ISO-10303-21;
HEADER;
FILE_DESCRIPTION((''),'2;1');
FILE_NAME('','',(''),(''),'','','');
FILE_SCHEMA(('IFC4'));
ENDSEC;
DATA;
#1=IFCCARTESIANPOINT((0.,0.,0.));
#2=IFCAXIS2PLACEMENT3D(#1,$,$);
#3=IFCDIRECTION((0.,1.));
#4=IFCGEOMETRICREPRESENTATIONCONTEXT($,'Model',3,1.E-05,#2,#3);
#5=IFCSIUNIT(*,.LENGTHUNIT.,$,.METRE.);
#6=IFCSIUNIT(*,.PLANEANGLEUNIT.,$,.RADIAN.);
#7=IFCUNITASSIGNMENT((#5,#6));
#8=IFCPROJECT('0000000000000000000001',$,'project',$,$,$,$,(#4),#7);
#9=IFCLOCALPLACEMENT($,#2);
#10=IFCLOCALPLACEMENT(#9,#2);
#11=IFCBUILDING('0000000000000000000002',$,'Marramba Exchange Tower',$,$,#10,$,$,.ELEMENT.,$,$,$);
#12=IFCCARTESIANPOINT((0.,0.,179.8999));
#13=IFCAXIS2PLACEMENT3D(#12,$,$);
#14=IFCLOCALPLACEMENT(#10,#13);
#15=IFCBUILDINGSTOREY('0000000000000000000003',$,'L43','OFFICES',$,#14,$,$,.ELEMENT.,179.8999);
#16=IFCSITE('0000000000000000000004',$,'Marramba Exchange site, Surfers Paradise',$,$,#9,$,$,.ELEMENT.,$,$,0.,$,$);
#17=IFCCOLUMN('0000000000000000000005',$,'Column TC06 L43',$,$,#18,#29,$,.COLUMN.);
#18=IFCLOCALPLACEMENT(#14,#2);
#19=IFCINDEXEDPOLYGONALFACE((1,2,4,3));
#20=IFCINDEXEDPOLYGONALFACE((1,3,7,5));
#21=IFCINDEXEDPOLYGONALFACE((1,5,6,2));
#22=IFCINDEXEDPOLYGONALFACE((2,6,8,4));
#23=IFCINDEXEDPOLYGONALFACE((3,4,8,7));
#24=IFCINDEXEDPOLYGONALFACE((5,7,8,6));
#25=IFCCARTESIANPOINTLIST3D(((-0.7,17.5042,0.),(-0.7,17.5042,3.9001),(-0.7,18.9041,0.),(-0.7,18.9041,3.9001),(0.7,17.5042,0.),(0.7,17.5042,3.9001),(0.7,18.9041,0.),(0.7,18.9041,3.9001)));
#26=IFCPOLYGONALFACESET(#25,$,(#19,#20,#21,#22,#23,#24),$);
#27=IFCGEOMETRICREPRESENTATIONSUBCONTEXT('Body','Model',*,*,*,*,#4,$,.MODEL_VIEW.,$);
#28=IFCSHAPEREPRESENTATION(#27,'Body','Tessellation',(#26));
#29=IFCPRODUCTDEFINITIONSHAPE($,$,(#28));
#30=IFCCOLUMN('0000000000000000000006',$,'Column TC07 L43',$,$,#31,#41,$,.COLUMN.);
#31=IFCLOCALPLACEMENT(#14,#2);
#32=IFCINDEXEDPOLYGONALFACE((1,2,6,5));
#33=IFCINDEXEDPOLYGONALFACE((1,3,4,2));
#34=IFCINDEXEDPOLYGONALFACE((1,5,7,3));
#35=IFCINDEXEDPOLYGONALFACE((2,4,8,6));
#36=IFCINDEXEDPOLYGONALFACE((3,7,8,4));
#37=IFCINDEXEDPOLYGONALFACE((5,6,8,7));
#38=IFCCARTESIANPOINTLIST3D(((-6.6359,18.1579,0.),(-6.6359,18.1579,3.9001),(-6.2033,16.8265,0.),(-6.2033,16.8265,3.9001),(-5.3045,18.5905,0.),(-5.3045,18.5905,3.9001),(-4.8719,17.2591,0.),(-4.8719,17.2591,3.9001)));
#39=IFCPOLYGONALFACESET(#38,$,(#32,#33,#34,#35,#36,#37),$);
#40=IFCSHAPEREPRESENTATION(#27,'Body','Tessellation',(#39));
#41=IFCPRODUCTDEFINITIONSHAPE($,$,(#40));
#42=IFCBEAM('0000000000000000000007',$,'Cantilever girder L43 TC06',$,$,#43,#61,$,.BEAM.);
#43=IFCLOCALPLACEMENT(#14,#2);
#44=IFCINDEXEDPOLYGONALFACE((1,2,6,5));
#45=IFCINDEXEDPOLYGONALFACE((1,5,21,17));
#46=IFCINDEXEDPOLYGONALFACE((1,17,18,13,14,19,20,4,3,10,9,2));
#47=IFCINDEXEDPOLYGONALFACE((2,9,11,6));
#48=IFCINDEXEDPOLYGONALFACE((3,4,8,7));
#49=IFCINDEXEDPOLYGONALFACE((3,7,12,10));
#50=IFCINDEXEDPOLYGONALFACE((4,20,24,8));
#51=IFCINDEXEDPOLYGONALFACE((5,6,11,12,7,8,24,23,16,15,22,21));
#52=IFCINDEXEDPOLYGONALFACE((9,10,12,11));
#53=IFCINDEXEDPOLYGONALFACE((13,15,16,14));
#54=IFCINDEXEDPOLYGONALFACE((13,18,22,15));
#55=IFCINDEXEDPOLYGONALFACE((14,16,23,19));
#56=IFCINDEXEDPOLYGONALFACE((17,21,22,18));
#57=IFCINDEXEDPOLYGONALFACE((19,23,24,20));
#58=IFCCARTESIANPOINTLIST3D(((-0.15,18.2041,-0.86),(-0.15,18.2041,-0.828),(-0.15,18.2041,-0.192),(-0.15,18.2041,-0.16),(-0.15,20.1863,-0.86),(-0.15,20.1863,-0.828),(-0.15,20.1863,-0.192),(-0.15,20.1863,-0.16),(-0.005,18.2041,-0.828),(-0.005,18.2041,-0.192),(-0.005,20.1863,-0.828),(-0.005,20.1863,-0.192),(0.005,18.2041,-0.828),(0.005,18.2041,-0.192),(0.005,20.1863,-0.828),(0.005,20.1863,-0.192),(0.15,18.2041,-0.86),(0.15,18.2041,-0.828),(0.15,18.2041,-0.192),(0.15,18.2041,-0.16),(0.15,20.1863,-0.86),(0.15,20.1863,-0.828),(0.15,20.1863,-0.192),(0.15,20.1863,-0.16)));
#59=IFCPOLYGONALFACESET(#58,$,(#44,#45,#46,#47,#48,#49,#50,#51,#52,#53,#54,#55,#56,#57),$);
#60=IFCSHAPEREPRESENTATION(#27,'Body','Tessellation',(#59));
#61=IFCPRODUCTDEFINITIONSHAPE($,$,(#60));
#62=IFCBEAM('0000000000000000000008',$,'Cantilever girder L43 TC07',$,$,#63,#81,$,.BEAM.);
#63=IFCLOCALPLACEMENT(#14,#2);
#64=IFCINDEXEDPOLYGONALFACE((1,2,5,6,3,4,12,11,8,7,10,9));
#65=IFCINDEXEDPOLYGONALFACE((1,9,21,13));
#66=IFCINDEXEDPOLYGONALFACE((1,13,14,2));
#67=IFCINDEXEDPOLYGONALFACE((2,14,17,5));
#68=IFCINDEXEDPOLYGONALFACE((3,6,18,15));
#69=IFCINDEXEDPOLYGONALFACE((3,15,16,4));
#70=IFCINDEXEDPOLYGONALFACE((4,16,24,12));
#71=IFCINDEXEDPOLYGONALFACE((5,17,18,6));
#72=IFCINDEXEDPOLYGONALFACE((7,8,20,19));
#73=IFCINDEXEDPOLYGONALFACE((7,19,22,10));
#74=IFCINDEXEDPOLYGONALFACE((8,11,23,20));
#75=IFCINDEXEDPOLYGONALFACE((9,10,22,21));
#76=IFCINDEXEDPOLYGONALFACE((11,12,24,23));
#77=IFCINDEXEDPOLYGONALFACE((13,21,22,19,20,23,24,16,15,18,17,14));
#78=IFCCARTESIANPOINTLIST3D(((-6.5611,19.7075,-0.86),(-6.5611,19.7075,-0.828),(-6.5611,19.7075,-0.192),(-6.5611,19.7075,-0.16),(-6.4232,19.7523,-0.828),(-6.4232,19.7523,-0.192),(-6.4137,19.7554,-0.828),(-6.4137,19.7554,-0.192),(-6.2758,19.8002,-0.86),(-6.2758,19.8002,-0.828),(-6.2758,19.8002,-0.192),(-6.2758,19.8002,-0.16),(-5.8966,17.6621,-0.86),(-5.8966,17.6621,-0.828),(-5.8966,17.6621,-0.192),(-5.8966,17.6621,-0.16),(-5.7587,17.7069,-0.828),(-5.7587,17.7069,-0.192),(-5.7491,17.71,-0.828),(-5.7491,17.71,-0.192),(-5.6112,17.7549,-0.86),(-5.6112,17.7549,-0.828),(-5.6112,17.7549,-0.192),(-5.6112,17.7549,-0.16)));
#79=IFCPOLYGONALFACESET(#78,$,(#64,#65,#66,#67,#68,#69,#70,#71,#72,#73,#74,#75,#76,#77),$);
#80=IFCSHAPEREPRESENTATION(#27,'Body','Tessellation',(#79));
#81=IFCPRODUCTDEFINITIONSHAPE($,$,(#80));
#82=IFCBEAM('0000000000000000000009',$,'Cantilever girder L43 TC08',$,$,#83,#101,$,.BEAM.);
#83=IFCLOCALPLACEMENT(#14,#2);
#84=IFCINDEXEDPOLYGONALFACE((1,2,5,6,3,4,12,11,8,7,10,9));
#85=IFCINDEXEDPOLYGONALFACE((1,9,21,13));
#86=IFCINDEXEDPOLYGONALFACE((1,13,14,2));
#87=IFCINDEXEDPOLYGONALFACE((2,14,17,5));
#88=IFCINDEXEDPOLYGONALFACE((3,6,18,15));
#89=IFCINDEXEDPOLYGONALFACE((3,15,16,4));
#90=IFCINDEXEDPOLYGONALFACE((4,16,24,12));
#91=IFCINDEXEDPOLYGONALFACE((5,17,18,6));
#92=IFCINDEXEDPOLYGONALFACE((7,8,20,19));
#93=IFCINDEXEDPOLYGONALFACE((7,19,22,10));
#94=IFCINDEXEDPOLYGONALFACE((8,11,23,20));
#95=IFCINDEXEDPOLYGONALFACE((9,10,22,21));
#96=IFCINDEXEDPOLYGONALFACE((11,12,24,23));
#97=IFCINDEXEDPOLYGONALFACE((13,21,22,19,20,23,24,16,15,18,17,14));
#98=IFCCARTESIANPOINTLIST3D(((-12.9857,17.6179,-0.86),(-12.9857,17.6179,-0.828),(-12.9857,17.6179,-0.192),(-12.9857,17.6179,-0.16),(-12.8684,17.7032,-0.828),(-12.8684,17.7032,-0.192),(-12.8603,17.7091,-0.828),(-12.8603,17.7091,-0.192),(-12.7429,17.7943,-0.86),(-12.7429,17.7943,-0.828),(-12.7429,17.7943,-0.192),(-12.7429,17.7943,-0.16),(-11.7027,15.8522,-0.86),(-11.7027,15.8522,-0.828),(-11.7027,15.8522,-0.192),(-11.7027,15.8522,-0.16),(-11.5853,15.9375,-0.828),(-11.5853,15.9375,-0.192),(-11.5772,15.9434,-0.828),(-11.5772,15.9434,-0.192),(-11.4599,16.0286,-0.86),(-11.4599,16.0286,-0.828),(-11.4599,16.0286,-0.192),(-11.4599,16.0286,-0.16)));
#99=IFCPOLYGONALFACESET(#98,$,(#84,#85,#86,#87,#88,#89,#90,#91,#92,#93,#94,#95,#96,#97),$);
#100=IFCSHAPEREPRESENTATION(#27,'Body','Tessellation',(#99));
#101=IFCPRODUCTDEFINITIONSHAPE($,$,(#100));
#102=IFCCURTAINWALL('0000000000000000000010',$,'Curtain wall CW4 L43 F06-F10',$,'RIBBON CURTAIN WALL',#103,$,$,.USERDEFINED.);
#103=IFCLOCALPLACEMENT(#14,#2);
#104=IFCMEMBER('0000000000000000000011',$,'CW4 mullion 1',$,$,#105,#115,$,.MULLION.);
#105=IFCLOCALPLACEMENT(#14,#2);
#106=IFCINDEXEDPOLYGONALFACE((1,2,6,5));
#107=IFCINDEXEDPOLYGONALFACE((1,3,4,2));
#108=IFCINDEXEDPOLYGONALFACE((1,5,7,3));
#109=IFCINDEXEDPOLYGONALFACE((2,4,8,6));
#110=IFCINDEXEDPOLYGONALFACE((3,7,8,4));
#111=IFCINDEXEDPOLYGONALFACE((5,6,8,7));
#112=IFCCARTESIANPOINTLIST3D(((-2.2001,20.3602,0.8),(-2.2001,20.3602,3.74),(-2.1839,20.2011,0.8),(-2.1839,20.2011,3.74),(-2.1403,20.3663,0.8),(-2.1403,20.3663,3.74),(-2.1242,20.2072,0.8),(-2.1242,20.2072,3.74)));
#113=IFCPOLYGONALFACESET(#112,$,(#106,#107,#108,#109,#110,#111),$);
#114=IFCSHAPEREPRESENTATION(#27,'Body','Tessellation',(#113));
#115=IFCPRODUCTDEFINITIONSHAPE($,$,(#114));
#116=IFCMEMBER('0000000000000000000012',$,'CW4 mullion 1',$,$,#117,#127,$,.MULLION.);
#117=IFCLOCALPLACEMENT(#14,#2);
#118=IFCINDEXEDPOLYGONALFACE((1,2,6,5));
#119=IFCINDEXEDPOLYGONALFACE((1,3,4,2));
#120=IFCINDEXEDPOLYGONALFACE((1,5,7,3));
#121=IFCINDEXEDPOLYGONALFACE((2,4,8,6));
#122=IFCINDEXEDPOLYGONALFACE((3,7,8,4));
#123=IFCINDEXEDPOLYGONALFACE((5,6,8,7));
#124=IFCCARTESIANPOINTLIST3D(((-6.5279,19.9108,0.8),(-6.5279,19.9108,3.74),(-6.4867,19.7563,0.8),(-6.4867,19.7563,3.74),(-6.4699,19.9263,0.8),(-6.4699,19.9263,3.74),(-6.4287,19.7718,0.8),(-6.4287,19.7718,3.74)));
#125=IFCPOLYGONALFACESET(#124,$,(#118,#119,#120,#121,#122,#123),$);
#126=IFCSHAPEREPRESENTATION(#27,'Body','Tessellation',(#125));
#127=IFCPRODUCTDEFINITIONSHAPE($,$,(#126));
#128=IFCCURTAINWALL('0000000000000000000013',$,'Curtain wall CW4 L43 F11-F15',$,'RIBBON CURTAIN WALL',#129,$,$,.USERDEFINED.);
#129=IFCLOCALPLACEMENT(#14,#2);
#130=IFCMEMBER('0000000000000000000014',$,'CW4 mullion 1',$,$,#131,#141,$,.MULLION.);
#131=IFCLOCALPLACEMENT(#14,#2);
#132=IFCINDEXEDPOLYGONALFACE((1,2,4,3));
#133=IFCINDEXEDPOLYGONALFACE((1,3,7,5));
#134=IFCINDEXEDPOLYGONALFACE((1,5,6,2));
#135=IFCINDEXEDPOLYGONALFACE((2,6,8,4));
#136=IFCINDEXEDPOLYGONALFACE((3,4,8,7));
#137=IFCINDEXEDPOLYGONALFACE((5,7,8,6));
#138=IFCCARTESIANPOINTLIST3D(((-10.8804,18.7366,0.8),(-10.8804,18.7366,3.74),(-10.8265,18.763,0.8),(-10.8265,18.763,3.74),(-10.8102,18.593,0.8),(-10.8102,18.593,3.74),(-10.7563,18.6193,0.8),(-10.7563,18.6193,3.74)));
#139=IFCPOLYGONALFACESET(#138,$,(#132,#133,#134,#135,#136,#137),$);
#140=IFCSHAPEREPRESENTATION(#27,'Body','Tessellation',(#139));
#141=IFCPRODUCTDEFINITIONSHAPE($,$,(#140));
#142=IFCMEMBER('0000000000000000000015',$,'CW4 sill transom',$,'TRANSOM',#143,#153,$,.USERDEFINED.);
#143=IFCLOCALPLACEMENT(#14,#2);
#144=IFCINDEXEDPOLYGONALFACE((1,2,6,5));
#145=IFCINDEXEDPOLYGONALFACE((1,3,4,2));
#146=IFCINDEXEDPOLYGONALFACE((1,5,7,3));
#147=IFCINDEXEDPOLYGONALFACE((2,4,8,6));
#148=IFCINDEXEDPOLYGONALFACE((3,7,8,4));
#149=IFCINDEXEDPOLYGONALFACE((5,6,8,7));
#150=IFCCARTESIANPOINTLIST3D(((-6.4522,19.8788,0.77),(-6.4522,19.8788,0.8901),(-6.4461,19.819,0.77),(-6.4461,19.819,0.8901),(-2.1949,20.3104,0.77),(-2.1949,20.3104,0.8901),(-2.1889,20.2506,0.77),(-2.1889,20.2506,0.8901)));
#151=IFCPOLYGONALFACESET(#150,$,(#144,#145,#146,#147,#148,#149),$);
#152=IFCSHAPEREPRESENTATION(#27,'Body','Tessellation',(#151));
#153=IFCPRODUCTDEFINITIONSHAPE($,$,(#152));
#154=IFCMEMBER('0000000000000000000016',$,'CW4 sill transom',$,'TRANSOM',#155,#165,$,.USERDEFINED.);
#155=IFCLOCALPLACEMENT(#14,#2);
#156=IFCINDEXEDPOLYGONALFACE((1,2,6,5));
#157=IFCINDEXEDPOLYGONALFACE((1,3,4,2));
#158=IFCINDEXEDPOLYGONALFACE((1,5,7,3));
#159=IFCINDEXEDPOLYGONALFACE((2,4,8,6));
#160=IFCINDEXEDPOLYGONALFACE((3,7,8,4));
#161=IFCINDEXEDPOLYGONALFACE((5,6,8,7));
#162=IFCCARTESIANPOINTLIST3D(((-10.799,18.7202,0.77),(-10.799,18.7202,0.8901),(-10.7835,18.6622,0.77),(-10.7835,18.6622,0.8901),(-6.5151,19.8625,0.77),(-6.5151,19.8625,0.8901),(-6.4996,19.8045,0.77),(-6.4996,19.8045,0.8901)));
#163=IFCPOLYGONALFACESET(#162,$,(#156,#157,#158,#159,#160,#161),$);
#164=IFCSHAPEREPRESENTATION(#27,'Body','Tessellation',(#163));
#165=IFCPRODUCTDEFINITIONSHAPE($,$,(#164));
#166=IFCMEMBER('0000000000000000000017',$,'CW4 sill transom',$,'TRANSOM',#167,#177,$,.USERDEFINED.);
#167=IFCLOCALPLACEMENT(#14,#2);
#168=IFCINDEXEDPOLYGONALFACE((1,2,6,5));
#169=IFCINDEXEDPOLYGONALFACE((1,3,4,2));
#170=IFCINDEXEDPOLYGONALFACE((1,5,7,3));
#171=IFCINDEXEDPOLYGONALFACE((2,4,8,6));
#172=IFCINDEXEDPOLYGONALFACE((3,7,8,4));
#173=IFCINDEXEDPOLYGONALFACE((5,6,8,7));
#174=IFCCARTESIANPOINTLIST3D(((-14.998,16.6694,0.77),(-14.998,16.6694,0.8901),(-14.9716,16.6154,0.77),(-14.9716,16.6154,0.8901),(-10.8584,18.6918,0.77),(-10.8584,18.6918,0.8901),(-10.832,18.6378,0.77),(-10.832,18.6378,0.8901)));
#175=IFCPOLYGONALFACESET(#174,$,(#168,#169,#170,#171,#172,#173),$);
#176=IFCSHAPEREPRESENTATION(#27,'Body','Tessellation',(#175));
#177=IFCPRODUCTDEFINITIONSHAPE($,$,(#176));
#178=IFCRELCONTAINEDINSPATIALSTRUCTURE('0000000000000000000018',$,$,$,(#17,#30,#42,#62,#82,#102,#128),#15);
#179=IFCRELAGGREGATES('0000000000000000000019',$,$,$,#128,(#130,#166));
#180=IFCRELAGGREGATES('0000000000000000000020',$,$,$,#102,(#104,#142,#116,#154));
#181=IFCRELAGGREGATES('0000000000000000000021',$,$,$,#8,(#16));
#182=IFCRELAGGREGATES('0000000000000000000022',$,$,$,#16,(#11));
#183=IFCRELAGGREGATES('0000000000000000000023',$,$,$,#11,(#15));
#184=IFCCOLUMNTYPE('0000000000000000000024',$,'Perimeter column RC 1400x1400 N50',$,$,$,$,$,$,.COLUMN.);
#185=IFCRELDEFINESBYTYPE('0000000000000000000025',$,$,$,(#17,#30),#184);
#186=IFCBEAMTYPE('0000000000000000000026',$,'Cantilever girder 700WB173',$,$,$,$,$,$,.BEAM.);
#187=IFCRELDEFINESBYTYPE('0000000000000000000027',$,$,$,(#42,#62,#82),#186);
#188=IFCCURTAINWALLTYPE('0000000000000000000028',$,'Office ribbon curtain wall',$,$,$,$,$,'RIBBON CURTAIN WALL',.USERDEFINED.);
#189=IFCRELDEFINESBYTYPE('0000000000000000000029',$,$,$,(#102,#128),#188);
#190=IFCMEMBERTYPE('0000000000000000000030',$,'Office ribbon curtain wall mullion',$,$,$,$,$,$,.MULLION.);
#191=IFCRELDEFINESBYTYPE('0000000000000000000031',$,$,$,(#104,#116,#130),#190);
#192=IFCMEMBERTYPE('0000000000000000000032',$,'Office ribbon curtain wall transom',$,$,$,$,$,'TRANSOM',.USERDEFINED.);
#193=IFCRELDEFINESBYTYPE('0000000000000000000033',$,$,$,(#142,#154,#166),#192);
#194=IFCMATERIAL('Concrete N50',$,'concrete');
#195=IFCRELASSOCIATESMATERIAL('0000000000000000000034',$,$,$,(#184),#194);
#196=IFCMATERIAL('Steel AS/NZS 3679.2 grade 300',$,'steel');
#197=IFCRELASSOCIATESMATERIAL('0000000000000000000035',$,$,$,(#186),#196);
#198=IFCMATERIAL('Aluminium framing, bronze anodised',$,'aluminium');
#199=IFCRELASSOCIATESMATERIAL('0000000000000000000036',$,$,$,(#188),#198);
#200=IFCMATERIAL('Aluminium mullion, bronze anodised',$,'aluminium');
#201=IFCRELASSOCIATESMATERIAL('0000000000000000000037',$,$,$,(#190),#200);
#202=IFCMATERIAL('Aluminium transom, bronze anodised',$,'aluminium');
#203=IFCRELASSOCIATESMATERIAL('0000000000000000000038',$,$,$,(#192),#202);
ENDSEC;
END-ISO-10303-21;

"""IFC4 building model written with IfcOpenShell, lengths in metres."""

from ifc_helpers import new_model, si_unit, direction, frame, origin, origin_2d, place, context, subcontext, project, spatial, rectangle, i_section, extrude, material, material_profile, profile_set, type_object, element, aggregate, save


model = new_model("IFC4")

# Units and contexts
model_context = context("Model", 3, precision=1e-05, world=origin(), true_north=direction((0.0, 1.0)))
body_context = subcontext(model_context, "Body", "Model", "MODEL_VIEW")
ifc_project = project(units=[si_unit("LENGTHUNIT", "METRE"), si_unit("PLANEANGLEUNIT", "RADIAN")], contexts=[model_context])

# Site, building, storey
site_placement = place(None, origin())
site = spatial("IfcSite", under=ifc_project, at=site_placement, Name="Marramba Exchange site, Surfers Paradise", CompositionType="ELEMENT", RefElevation=0.0)
building_placement = place(site_placement, origin())
building = spatial("IfcBuilding", under=site, at=building_placement, Name="Marramba Exchange Tower", CompositionType="ELEMENT")
storey_placement = place(building_placement, frame((0.0, 0.0, 179.8999)))
storey = spatial("IfcBuildingStorey", under=building, at=storey_placement, Name="L43", Description="OFFICES", CompositionType="ELEMENT", Elevation=179.8999)

# Columns
ifc_material_1 = material(Name="Concrete N50", Category="concrete")
ifc_material_profile_1 = material_profile(ifc_material_1, rectangle(XDim=1.3999, YDim=1.3999, at=origin_2d()), Name="RC 1400x1400")
ifc_profile_set_1 = profile_set([ifc_material_profile_1], Name="Concrete N50")
column_type = type_object("IfcColumnType", Name="Perimeter column RC 1400x1400 N50", PredefinedType="COLUMN", material=ifc_profile_set_1)
for number, where, z_axis, x_axis, name in (
    (1, (0.0, 18.2041, 0.0), (0.0, 0.0, 1.0), (0.0, 1.0, 0.0), "Column TC06 L43"),
    (2, (-5.7539, 17.7085, 0.0), (0.0, 0.0, 1.0), (-0.309017, 0.951057, 0.0), "Column TC07 L43"),
):
    element("IfcColumn", number, at=place(storey_placement, frame(where, z_axis=z_axis, x_axis=x_axis)), inside=storey, type_object=column_type, Name=name, PredefinedType="COLUMN", context=body_context, shape_type="SweptSolid", body=[
        extrude(rectangle(XDim=1.3999, YDim=1.3999, at=origin_2d()), origin(), (0.0, 0.0, 1.0), 3.9001),
    ])

# Beams
ifc_material_2 = material(Name="Steel AS/NZS 3679.2 grade 300", Category="steel")
ifc_material_profile_2 = material_profile(ifc_material_2, i_section(OverallWidth=0.3, OverallDepth=0.7, WebThickness=0.01, FlangeThickness=0.032, at=origin_2d()), Name="700WB173")
ifc_profile_set_2 = profile_set([ifc_material_profile_2], Name="Steel AS/NZS 3679.2 grade 300")
beam_type_1 = type_object("IfcBeamType", Name="Cantilever girder 700WB173", PredefinedType="BEAM", material=ifc_profile_set_2)
beam_1_placement = place(storey_placement, frame((0.0, 18.2041, -0.51), z_axis=(0.0, 1.0, 0.0), x_axis=(-1.0, 0.0, 0.0)))
element("IfcBeam", 3, at=beam_1_placement, inside=storey, type_object=beam_type_1, Name="Cantilever girder L43 TC06", PredefinedType="BEAM", context=body_context, shape_type="SweptSolid", body=[
    extrude(i_section(OverallWidth=0.3, OverallDepth=0.7, WebThickness=0.01, FlangeThickness=0.032, at=origin_2d()), origin(), (0.0, 0.0, 1.0), 1.9822),
])
beam_2_placement = place(storey_placement, frame((-5.7539, 17.7085, -0.51), z_axis=(-0.308999, 0.951062, 0.0), x_axis=(-0.951062, -0.308999, 0.0)))
element("IfcBeam", 4, at=beam_2_placement, inside=storey, type_object=beam_type_1, Name="Cantilever girder L43 TC07", PredefinedType="BEAM", context=body_context, shape_type="SweptSolid", body=[
    extrude(i_section(OverallWidth=0.3, OverallDepth=0.7, WebThickness=0.01, FlangeThickness=0.032, at=origin_2d()), origin(), (0.0, 0.0, 1.0), 2.1506),
])
beam_3_placement = place(storey_placement, frame((-11.5813, 15.9404, -0.51), z_axis=(-0.587832, 0.808983, 0.0), x_axis=(-0.808983, -0.587832, 0.0)))
element("IfcBeam", 5, at=beam_3_placement, inside=storey, type_object=beam_type_1, Name="Cantilever girder L43 TC08", PredefinedType="BEAM", context=body_context, shape_type="SweptSolid", body=[
    extrude(i_section(OverallWidth=0.3, OverallDepth=0.7, WebThickness=0.01, FlangeThickness=0.032, at=origin_2d()), origin(), (0.0, 0.0, 1.0), 2.1826),
])

# Curtain wall, members
ifc_material_3 = material(Name="Aluminium framing, bronze anodised", Category="aluminium")
curtain_wall_type = type_object("IfcCurtainWallType", Name="Office ribbon curtain wall", ElementType="RIBBON CURTAIN WALL", PredefinedType="USERDEFINED", material=ifc_material_3)
curtain_wall_1_placement = place(storey_placement, origin())
curtain_wall_1 = element("IfcCurtainWall", 6, at=curtain_wall_1_placement, inside=storey, type_object=curtain_wall_type, Name="Curtain wall CW4 L43 F06-F10", ObjectType="RIBBON CURTAIN WALL", PredefinedType="USERDEFINED")
ifc_material_4 = material(Name="Aluminium mullion, bronze anodised", Category="aluminium")
ifc_material_profile_3 = material_profile(ifc_material_4, rectangle(XDim=0.1599, YDim=0.0601, at=origin_2d()), Name="CW4 mullion 60x160")
ifc_profile_set_3 = profile_set([ifc_material_profile_3], Name="Aluminium mullion, bronze anodised")
member_type_1 = type_object("IfcMemberType", Name="Office ribbon curtain wall mullion", PredefinedType="MULLION", material=ifc_profile_set_3)
member_1_placement = place(storey_placement, frame((-2.1621, 20.2837, 0.8), z_axis=(0.0, 0.0, 1.0), x_axis=(0.100863, -0.9949, 0.0)))
member_1 = element("IfcMember", 7, at=member_1_placement, type_object=member_type_1, Name="CW4 mullion 1", PredefinedType="MULLION", context=body_context, shape_type="SweptSolid", body=[
    extrude(rectangle(XDim=0.1599, YDim=0.0601, at=origin_2d()), origin(), (0.0, 0.0, 1.0), 2.9399),
])
member_2_placement = place(storey_placement, frame((-6.4783, 19.8413, 0.8), z_axis=(0.0, 0.0, 1.0), x_axis=(0.257641, -0.966241, 0.0)))
member_2 = element("IfcMember", 8, at=member_2_placement, type_object=member_type_1, Name="CW4 mullion 1", PredefinedType="MULLION", context=body_context, shape_type="SweptSolid", body=[
    extrude(rectangle(XDim=0.1599, YDim=0.0601, at=origin_2d()), origin(), (0.0, 0.0, 1.0), 2.9399),
])

# Curtain wall, member
curtain_wall_2_placement = place(storey_placement, origin())
curtain_wall_2 = element("IfcCurtainWall", 9, at=curtain_wall_2_placement, inside=storey, type_object=curtain_wall_type, Name="Curtain wall CW4 L43 F11-F15", ObjectType="RIBBON CURTAIN WALL", PredefinedType="USERDEFINED")
member_3_placement = place(storey_placement, frame((-10.8184, 18.678, 0.8), z_axis=(0.0, 0.0, 1.0), x_axis=(0.438972, -0.898501, 0.0)))
member_3 = element("IfcMember", 10, at=member_3_placement, type_object=member_type_1, Name="CW4 mullion 1", PredefinedType="MULLION", context=body_context, shape_type="SweptSolid", body=[
    extrude(rectangle(XDim=0.1599, YDim=0.0601, at=origin_2d()), origin(), (0.0, 0.0, 1.0), 2.9399),
])

# Members
ifc_material_5 = material(Name="Aluminium transom, bronze anodised", Category="aluminium")
ifc_material_profile_4 = material_profile(ifc_material_5, rectangle(XDim=0.0601, YDim=0.1201, at=origin_2d()), Name="CW4 transom 60x120")
ifc_profile_set_4 = profile_set([ifc_material_profile_4], Name="Aluminium transom, bronze anodised")
member_type_2 = type_object("IfcMemberType", Name="Office ribbon curtain wall transom", ElementType="TRANSOM", PredefinedType="USERDEFINED", material=ifc_profile_set_4)
member_4_placement = place(storey_placement, frame((-2.1919, 20.2805, 0.8301), z_axis=(-0.9949, -0.100871, 0.0), x_axis=(0.100871, -0.9949, 0.0)))
member_4 = element("IfcMember", 11, at=member_4_placement, type_object=member_type_2, Name="CW4 sill transom", ObjectType="TRANSOM", PredefinedType="USERDEFINED", context=body_context, shape_type="SweptSolid", body=[
    extrude(rectangle(XDim=0.0601, YDim=0.1201, at=origin_2d()), origin(), (0.0, 0.0, 1.0), 4.2791),
])
member_5_placement = place(storey_placement, frame((-6.5073, 19.8335, 0.8301), z_axis=(-0.966238, -0.257652, 0.0), x_axis=(0.257652, -0.966238, 0.0)))
member_5 = element("IfcMember", 12, at=member_5_placement, type_object=member_type_2, Name="CW4 sill transom", ObjectType="TRANSOM", PredefinedType="USERDEFINED", context=body_context, shape_type="SweptSolid", body=[
    extrude(rectangle(XDim=0.0601, YDim=0.1201, at=origin_2d()), origin(), (0.0, 0.0, 1.0), 4.4336),
])
member_6_placement = place(storey_placement, frame((-10.8452, 18.6648, 0.8301), z_axis=(-0.898501, -0.438971, 0.0), x_axis=(0.438971, -0.898501, 0.0)))
member_6 = element("IfcMember", 13, at=member_6_placement, type_object=member_type_2, Name="CW4 sill transom", ObjectType="TRANSOM", PredefinedType="USERDEFINED", context=body_context, shape_type="SweptSolid", body=[
    extrude(rectangle(XDim=0.0601, YDim=0.1201, at=origin_2d()), origin(), (0.0, 0.0, 1.0), 4.6072),
])
aggregate(curtain_wall_2, [member_3, member_6])

aggregate(curtain_wall_1, [member_1, member_4, member_2, member_5])

save(model, "model.ifc")
